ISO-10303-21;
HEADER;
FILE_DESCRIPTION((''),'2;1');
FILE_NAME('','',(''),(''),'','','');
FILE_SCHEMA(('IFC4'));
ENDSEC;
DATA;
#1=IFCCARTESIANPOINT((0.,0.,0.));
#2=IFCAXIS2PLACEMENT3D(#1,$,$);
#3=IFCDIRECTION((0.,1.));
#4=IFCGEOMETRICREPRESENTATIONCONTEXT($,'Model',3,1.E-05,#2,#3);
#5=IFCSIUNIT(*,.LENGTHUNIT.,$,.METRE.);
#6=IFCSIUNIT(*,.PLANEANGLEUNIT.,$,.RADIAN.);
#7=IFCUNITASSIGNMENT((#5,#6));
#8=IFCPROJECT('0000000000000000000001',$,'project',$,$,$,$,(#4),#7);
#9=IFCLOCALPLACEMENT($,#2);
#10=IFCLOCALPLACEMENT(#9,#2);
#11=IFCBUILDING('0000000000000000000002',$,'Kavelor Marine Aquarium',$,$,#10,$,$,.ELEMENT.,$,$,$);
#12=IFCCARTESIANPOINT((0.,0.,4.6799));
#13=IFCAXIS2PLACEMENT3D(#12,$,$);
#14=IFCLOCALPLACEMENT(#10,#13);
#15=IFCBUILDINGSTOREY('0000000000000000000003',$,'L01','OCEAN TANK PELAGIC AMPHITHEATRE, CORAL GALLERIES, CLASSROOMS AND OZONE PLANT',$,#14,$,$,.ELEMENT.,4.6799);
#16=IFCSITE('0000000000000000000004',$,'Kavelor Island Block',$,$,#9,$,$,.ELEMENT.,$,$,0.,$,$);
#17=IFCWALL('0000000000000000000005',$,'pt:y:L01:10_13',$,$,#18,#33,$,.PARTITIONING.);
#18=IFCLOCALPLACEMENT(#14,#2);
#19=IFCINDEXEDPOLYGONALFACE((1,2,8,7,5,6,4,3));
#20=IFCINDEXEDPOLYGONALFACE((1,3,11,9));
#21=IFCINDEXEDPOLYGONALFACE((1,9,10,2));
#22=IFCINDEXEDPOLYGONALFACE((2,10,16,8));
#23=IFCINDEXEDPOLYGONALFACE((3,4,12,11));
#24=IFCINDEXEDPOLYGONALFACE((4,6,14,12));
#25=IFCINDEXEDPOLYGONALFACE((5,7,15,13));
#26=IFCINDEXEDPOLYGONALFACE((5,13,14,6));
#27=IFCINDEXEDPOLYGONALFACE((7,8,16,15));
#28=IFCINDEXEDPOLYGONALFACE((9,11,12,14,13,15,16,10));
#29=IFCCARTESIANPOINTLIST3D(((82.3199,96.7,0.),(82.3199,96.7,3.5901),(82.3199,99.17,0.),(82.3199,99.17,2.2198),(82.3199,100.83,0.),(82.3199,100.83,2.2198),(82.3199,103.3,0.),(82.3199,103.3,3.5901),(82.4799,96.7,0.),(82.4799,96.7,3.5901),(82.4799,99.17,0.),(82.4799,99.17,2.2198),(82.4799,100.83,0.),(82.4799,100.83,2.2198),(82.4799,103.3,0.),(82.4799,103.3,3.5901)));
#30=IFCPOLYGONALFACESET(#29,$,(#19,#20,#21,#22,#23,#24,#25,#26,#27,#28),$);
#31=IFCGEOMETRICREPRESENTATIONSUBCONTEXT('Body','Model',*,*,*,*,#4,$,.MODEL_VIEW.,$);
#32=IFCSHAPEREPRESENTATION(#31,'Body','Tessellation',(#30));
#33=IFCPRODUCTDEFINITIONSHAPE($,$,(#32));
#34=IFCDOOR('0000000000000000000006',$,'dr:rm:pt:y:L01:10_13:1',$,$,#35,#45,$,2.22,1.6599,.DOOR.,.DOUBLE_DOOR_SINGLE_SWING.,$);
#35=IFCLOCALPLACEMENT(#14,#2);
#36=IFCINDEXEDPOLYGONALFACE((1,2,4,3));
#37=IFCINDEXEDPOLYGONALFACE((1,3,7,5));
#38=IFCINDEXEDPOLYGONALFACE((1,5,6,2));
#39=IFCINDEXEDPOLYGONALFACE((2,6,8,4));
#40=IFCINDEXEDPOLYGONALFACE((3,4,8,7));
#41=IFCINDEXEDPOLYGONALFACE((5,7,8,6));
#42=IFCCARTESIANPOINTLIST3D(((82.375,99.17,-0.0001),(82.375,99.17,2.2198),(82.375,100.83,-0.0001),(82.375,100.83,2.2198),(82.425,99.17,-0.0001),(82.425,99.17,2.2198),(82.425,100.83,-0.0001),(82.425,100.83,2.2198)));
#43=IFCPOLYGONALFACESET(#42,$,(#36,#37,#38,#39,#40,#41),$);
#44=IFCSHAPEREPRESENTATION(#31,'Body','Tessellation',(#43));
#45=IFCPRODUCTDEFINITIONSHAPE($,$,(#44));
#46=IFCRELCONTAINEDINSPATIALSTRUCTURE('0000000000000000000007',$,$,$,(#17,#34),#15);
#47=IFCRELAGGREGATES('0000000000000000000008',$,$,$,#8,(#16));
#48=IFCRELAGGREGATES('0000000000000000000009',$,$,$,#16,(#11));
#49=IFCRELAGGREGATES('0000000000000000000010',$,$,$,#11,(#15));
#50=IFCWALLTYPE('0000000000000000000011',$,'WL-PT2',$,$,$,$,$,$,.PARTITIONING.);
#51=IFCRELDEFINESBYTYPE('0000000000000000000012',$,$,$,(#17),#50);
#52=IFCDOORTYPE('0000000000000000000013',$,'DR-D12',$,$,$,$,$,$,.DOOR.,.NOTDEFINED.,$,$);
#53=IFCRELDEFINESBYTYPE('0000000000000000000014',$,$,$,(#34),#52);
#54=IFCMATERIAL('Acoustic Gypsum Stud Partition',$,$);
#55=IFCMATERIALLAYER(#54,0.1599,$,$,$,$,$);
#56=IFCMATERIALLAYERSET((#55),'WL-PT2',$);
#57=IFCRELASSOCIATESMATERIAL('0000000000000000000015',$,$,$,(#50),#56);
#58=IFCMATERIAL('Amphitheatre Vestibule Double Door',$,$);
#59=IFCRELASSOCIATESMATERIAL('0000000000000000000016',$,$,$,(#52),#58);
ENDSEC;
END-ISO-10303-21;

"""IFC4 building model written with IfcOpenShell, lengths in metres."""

from ifc_helpers import new_model, si_unit, direction, frame, frame_2d, origin, place, context, subcontext, project, spatial, rectangle, extrude, material, layer, layer_set, type_object, element, fill, save


model = new_model("IFC4")

# Units and contexts
model_context = context("Model", 3, precision=1e-05, world=origin(), true_north=direction((0.0, 1.0)))
body_context = subcontext(model_context, "Body", "Model", "MODEL_VIEW")
ifc_project = project(units=[si_unit("LENGTHUNIT", "METRE"), si_unit("PLANEANGLEUNIT", "RADIAN")], contexts=[model_context])

# Site, building, storey
site_placement = place(None, origin())
site = spatial("IfcSite", under=ifc_project, at=site_placement, Name="Kavelor Island Block", CompositionType="ELEMENT", RefElevation=0.0)
building_placement = place(site_placement, origin())
building = spatial("IfcBuilding", under=site, at=building_placement, Name="Kavelor Marine Aquarium", CompositionType="ELEMENT")
storey_placement = place(building_placement, frame((0.0, 0.0, 4.6799)))
storey = spatial("IfcBuildingStorey", under=building, at=storey_placement, Name="L01", Description="OCEAN TANK PELAGIC AMPHITHEATRE, CORAL GALLERIES, CLASSROOMS AND OZONE PLANT", CompositionType="ELEMENT", Elevation=4.6799)

# Shared definitions
ifc_material_1 = material(Name="Acoustic Gypsum Stud Partition")
ifc_layer_1 = layer(ifc_material_1, 0.1599)
ifc_layer_set_1 = layer_set([ifc_layer_1], Name="WL-PT2")
wall_type_1 = type_object("IfcWallType", Name="WL-PT2", PredefinedType="PARTITIONING", material=ifc_layer_set_1)

# Wall, opening, door
wall_1_placement = place(storey_placement, frame((82.3999, 96.7, 0.0), z_axis=(0.0, 0.0, 1.0), x_axis=(0.0, 1.0, 0.0)))
wall_1 = element("IfcWall", 1, at=wall_1_placement, inside=storey, type_object=wall_type_1, Name="pt:y:L01:10_13", PredefinedType="PARTITIONING", context=body_context, shape_type="SweptSolid", body=[
    extrude(rectangle(XDim=6.6001, YDim=0.1599, at=frame_2d((3.3, 0.0))), origin(), (0.0, 0.0, 1.0), 3.5901),
])
opening_1_placement = place(wall_1_placement, frame((2.47, 0.0, 0.0)))
opening_1 = element("IfcOpeningElement", 2, at=opening_1_placement, cuts=wall_1, PredefinedType="OPENING", context=body_context, shape_type="SweptSolid", body=[
    extrude(rectangle(XDim=1.6599, YDim=2.22, at=frame_2d((0.8301, 1.1099))), frame((0.0, 0.0898, 0.0), z_axis=(0.0, -1.0, 0.0), x_axis=(1.0, 0.0, 0.0)), (0.0, 0.0, 1.0), 0.1799),
])
ifc_material_2 = material(Name="Amphitheatre Vestibule Double Door")
door_type_1 = type_object("IfcDoorType", Name="DR-D12", OperationType="NOTDEFINED", PredefinedType="DOOR", material=ifc_material_2)
door_1_placement = place(opening_1_placement, origin())
door_1 = element("IfcDoor", 3, at=door_1_placement, inside=storey, type_object=door_type_1, Name="dr:rm:pt:y:L01:10_13:1", OperationType="DOUBLE_DOOR_SINGLE_SWING", OverallHeight=2.22, OverallWidth=1.6599, PredefinedType="DOOR", context=body_context, shape_type="SweptSolid", body=[
    extrude(rectangle(XDim=1.6599, YDim=2.22, at=frame_2d((0.8301, 1.1099))), frame((0.0, 0.0249, 0.0), z_axis=(0.0, -1.0, 0.0), x_axis=(1.0, 0.0, 0.0)), (0.0, 0.0, 1.0), 0.05),
])
fill(opening_1, door_1)

save(model, "model.ifc")
